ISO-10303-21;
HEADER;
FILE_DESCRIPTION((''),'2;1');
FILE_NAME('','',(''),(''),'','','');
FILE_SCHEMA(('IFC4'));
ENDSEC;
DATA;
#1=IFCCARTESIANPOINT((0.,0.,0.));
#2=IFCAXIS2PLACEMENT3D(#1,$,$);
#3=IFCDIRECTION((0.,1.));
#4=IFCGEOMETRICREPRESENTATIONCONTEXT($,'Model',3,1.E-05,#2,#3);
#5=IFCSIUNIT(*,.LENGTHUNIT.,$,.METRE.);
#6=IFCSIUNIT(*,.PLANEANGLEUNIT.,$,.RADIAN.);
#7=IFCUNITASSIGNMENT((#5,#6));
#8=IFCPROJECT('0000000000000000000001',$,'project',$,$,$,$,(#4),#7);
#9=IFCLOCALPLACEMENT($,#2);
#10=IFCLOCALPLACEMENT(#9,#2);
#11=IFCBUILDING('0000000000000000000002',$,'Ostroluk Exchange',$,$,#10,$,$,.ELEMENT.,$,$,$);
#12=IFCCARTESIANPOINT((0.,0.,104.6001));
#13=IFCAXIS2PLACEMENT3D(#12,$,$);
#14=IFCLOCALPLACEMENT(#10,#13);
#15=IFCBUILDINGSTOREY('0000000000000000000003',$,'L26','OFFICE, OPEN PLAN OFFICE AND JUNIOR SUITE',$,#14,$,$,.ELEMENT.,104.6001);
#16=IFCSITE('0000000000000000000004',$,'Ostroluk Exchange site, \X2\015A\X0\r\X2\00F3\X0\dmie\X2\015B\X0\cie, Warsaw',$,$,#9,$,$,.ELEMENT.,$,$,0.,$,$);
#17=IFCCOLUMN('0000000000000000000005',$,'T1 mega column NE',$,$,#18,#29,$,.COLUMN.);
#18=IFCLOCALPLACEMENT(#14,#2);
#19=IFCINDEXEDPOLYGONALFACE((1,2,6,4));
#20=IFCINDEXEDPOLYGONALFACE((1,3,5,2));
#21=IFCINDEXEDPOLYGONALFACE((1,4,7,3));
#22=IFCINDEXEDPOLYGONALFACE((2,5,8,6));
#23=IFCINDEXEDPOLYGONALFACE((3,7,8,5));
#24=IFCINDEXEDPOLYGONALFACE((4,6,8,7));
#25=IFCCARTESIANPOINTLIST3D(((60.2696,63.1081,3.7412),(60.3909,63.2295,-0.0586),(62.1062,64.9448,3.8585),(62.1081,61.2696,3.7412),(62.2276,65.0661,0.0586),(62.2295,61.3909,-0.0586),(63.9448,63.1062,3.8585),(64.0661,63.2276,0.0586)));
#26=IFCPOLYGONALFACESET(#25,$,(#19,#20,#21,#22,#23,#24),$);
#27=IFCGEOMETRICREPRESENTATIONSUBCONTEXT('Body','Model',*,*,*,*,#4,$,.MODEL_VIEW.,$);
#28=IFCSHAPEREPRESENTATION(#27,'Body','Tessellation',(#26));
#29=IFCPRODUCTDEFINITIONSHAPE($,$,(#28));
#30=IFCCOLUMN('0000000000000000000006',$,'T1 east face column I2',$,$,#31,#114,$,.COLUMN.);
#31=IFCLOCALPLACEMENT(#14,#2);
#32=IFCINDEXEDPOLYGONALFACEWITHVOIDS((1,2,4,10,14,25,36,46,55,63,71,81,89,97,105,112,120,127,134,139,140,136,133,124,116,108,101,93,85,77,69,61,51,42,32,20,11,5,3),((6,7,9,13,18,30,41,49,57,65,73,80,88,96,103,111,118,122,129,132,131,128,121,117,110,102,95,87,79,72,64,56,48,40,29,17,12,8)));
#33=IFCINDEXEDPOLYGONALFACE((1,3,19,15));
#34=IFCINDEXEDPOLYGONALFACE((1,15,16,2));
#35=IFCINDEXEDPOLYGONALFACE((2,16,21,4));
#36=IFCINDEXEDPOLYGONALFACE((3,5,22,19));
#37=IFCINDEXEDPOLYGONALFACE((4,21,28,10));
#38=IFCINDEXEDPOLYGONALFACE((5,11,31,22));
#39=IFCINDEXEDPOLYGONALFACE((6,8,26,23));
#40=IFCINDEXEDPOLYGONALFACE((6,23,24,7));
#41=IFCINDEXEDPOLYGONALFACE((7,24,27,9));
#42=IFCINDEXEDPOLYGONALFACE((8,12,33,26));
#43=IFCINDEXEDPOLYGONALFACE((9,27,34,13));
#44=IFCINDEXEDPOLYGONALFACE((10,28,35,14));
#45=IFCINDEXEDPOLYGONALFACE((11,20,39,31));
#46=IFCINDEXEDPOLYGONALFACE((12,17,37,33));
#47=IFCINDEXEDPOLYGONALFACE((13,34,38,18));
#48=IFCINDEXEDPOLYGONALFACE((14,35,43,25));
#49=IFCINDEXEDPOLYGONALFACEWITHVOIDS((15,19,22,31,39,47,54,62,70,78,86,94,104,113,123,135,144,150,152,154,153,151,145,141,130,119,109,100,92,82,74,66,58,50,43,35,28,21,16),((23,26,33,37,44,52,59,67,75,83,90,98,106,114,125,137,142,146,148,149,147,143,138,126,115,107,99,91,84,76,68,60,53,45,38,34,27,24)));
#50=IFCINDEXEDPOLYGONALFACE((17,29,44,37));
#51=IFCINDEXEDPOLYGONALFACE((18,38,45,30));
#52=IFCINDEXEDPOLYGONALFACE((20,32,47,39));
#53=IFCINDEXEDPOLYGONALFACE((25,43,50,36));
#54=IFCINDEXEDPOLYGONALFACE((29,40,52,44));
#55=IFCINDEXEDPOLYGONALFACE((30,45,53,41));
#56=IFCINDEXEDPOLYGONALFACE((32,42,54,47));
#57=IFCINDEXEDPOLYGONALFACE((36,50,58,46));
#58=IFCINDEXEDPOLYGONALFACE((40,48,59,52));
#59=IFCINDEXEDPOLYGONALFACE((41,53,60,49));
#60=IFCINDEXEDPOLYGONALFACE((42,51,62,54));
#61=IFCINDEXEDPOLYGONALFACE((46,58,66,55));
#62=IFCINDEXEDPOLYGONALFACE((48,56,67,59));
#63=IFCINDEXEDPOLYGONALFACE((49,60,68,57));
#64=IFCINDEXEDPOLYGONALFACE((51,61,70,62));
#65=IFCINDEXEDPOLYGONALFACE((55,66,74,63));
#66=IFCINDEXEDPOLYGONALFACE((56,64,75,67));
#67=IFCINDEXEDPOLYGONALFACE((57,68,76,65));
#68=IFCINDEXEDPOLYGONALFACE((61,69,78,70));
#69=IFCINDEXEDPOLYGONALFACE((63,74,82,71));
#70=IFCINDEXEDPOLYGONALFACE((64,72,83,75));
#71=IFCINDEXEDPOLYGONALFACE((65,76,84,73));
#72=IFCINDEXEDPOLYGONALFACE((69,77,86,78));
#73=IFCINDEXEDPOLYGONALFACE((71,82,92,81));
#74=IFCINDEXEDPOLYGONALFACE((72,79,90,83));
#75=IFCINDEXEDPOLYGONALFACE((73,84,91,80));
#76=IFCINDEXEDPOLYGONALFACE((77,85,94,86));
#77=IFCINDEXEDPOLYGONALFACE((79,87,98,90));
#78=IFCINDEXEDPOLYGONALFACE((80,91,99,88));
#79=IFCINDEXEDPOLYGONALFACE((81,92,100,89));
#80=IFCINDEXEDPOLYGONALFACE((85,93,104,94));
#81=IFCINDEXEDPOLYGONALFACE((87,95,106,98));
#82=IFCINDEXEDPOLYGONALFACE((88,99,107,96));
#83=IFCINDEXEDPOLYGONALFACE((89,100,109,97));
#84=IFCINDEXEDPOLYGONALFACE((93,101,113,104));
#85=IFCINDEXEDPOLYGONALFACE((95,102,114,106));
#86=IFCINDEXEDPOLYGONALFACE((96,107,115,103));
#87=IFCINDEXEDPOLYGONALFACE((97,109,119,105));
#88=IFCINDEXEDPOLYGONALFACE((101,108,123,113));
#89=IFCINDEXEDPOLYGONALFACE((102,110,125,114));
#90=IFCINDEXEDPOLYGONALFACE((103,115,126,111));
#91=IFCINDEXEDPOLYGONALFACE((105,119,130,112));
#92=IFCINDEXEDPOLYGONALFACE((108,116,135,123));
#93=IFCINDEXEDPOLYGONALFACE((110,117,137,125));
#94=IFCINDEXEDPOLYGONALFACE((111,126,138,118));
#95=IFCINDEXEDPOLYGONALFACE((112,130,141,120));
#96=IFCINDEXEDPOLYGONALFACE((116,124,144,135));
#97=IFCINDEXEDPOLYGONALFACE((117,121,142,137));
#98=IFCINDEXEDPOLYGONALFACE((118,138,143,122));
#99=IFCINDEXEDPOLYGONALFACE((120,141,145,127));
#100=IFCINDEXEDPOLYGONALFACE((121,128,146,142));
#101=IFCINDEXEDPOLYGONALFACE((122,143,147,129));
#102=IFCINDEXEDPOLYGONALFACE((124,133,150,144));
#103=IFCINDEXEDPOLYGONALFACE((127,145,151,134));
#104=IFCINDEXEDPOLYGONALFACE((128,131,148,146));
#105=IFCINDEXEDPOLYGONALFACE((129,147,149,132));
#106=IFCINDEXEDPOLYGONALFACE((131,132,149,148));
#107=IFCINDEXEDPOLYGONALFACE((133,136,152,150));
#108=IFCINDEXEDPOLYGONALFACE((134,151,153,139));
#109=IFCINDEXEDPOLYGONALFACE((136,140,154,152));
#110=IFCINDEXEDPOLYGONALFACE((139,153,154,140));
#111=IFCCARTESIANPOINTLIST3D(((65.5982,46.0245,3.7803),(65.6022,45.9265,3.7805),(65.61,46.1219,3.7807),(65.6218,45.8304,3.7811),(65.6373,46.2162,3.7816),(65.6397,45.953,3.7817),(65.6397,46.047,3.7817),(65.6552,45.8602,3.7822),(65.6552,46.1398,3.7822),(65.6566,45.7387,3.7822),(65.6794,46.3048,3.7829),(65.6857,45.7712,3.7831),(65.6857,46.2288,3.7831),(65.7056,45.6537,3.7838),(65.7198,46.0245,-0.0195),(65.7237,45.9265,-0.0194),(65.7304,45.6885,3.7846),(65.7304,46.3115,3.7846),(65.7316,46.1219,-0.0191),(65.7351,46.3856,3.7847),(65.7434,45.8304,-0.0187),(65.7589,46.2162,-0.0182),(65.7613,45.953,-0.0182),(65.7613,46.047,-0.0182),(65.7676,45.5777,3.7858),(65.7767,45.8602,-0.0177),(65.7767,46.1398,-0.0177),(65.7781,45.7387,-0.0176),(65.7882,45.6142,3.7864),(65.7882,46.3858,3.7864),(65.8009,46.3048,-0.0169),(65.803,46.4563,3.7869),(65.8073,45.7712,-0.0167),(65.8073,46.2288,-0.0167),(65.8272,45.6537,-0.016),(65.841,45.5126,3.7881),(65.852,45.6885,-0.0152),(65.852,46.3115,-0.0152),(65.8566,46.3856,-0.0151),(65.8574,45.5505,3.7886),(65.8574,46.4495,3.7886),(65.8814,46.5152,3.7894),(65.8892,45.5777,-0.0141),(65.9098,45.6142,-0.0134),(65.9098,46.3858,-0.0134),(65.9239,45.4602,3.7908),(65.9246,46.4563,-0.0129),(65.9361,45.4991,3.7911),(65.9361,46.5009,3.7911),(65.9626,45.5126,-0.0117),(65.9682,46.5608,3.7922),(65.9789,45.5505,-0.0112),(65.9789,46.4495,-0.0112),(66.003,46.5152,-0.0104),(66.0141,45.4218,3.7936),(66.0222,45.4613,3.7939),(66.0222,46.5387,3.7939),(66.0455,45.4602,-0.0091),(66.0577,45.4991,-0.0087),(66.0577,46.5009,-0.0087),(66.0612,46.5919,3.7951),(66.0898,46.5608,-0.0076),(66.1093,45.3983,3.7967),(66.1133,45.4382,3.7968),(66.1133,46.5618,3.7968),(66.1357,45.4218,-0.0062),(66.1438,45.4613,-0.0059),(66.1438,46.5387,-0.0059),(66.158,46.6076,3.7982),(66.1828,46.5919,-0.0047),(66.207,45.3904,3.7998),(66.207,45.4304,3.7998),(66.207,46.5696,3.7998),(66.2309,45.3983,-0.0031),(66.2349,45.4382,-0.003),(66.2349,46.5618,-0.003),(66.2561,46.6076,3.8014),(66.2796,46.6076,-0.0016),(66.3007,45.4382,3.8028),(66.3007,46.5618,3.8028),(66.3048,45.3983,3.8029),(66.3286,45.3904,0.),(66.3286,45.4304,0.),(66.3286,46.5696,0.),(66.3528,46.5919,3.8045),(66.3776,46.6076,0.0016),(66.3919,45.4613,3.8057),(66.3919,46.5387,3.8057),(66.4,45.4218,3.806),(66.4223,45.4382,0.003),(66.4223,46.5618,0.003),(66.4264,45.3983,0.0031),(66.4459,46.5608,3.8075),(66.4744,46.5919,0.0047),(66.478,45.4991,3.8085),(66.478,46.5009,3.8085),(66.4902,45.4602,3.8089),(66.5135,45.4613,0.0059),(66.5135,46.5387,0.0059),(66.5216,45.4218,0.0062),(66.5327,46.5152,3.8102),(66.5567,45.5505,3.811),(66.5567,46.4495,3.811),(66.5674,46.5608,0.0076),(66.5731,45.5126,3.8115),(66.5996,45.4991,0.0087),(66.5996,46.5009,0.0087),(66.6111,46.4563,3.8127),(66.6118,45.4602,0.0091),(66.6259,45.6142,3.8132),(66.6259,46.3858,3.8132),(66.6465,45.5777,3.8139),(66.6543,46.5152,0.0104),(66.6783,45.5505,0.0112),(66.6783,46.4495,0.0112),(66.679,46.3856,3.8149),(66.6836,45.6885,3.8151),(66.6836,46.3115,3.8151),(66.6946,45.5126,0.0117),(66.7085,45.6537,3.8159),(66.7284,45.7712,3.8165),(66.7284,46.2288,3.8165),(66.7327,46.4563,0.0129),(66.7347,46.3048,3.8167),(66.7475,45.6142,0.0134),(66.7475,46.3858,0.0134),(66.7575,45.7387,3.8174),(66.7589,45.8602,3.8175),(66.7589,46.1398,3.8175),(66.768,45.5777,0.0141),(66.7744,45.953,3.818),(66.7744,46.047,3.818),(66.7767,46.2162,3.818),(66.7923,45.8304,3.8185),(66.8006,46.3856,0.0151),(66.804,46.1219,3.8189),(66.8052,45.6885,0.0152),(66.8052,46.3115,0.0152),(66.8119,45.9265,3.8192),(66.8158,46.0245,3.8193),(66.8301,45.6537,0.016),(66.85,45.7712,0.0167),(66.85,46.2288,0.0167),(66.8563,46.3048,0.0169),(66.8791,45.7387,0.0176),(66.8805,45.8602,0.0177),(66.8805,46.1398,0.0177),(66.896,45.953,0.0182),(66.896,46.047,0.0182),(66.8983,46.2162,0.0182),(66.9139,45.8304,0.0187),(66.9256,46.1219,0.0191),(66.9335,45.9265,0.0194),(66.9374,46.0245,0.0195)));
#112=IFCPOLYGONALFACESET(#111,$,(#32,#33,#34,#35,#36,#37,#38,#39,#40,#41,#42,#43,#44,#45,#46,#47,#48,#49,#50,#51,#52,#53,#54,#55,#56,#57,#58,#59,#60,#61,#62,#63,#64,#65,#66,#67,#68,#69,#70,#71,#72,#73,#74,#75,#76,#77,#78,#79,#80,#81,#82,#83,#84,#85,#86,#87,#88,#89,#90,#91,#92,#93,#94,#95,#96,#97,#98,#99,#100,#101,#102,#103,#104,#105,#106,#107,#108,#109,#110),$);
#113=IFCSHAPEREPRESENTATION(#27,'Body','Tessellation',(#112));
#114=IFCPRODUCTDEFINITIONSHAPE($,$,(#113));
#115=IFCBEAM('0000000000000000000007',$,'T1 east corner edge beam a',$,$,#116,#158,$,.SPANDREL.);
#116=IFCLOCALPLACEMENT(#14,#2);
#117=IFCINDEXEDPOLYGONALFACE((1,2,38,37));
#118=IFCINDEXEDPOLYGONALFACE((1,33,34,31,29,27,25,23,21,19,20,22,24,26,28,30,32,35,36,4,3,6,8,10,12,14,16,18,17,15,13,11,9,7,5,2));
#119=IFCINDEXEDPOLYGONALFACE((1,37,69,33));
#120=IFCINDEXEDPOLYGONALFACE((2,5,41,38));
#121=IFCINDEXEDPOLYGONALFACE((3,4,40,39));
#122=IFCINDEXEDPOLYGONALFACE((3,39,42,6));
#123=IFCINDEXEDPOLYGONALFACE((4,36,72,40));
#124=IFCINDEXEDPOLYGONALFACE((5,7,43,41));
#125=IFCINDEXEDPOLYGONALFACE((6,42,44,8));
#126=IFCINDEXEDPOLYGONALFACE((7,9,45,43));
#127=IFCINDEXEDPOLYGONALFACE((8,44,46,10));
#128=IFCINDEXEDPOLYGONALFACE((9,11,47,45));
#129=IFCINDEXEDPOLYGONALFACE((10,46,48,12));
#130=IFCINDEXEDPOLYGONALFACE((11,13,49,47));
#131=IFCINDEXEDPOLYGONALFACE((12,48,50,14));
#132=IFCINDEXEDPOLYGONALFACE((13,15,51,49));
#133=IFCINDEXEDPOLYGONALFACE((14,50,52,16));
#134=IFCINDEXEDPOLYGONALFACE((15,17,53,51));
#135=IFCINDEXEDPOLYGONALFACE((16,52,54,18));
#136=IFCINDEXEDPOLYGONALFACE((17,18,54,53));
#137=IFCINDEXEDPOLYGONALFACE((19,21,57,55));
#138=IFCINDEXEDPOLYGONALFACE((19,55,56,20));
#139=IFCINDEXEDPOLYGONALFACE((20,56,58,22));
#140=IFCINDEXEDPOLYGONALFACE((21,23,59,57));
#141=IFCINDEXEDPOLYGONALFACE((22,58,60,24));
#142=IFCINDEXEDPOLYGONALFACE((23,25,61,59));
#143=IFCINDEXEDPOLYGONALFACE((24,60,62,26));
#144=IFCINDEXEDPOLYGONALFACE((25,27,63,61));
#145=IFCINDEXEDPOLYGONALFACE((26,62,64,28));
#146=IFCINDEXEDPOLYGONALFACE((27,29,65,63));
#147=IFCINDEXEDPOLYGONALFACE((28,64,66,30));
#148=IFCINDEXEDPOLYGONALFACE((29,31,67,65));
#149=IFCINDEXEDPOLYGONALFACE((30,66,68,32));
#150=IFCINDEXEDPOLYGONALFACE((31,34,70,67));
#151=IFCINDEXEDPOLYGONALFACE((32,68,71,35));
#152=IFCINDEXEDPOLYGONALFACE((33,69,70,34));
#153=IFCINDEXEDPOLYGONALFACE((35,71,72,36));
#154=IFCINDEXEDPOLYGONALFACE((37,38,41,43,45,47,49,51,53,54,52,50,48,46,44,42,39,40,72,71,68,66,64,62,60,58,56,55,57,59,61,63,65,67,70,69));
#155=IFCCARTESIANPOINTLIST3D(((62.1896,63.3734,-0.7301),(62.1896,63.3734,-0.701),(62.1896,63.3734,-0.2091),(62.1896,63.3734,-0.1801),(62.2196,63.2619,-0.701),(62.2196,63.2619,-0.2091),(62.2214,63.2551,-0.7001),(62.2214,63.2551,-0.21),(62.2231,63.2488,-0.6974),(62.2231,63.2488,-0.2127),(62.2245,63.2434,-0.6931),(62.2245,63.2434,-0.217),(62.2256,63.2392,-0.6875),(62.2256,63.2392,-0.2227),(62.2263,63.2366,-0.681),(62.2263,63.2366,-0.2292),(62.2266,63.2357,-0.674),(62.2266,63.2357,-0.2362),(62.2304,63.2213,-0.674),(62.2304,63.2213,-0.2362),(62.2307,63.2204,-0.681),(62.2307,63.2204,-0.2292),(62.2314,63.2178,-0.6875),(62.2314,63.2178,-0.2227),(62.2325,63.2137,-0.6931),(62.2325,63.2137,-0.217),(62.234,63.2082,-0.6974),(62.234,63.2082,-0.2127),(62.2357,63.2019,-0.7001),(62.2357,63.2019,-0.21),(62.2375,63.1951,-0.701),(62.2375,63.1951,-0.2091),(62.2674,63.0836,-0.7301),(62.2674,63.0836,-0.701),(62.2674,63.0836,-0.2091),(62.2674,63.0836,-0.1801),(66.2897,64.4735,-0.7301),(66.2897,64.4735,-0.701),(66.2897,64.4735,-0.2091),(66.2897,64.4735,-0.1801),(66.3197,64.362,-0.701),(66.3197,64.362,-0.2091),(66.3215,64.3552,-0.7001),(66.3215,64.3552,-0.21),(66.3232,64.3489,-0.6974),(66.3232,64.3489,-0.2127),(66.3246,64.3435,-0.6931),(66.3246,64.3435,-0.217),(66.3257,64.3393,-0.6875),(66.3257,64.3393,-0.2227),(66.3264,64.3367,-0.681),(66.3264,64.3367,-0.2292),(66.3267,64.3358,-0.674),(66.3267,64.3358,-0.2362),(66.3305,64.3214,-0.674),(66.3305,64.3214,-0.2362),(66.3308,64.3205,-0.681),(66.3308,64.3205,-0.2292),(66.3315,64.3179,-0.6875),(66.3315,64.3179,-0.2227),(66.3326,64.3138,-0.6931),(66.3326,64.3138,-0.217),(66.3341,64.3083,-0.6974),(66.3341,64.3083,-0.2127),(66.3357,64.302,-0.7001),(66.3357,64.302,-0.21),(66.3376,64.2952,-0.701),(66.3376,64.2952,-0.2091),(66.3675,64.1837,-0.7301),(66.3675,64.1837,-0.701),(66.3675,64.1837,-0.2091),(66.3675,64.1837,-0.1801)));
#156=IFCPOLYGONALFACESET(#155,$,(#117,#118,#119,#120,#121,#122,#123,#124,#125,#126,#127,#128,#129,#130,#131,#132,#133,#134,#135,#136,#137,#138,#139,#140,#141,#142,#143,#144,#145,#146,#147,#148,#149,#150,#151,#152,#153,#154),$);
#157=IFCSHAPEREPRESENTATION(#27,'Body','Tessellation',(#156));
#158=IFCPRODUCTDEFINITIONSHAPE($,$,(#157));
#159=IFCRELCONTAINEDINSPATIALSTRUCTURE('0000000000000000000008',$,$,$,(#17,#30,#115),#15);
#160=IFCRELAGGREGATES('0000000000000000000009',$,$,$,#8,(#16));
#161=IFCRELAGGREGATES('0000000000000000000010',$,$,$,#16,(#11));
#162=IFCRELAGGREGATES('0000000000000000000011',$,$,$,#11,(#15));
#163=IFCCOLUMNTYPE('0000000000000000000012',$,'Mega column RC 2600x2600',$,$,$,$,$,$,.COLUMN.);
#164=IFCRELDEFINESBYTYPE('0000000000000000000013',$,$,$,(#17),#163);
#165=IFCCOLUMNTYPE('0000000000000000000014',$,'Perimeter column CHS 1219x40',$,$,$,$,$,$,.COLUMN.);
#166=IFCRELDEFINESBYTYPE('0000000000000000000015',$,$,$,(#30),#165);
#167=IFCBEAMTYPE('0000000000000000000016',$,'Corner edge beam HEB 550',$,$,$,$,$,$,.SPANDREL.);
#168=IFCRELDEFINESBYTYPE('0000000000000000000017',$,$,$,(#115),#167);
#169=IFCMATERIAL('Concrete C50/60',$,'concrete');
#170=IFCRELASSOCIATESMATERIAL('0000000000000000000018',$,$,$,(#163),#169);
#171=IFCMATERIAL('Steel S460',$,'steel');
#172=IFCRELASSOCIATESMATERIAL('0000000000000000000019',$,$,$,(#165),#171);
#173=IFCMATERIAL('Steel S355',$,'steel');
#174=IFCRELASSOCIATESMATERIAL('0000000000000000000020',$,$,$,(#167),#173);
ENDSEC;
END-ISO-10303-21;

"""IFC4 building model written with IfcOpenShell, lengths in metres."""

from ifc_helpers import new_model, si_unit, direction, frame, origin, origin_2d, place, context, subcontext, project, spatial, rectangle, hollow_circle, i_section, extrude, material, material_profile, profile_set, type_object, element, save


model = new_model("IFC4")

# Units and contexts
model_context = context("Model", 3, precision=1e-05, world=origin(), true_north=direction((0.0, 1.0)))
body_context = subcontext(model_context, "Body", "Model", "MODEL_VIEW")
ifc_project = project(units=[si_unit("LENGTHUNIT", "METRE"), si_unit("PLANEANGLEUNIT", "RADIAN")], contexts=[model_context])

# Site, building, storey
site_placement = place(None, origin())
site = spatial("IfcSite", under=ifc_project, at=site_placement, Name="Ostroluk Exchange site, Śródmieście, Warsaw", CompositionType="ELEMENT", RefElevation=0.0)
building_placement = place(site_placement, origin())
building = spatial("IfcBuilding", under=site, at=building_placement, Name="Ostroluk Exchange", CompositionType="ELEMENT")
storey_placement = place(building_placement, frame((0.0, 0.0, 104.6001)))
storey = spatial("IfcBuildingStorey", under=building, at=storey_placement, Name="L26", Description="OFFICE, OPEN PLAN OFFICE AND JUNIOR SUITE", CompositionType="ELEMENT", Elevation=104.6001)

# Columns
ifc_material_1 = material(Name="Concrete C50/60", Category="concrete")
ifc_material_profile_1 = material_profile(ifc_material_1, rectangle(XDim=2.6001, YDim=2.6001, at=origin_2d()), Name="RC 2600x2600")
ifc_profile_set_1 = profile_set([ifc_material_profile_1], Name="Concrete C50/60")
column_type_1 = type_object("IfcColumnType", Name="Mega column RC 2600x2600", PredefinedType="COLUMN", material=ifc_profile_set_1)
column_1_placement = place(storey_placement, frame((62.2285, 63.2285, 0.0), z_axis=(-0.0319, -0.0319, 0.998982), x_axis=(0.707107, -0.707107, 0.0)))
element("IfcColumn", 1, at=column_1_placement, inside=storey, type_object=column_type_1, Name="T1 mega column NE", PredefinedType="COLUMN", context=body_context, shape_type="SweptSolid", body=[
    extrude(rectangle(XDim=2.6001, YDim=2.6001, at=origin_2d()), origin(), (0.0, 0.0, 1.0), 3.8037),
])
ifc_material_2 = material(Name="Steel S460", Category="steel")
ifc_material_profile_2 = material_profile(ifc_material_2, hollow_circle(Radius=0.6096, WallThickness=0.04, at=origin_2d()), Name="CHS 1219x40")
ifc_profile_set_2 = profile_set([ifc_material_profile_2], Name="Steel S460")
column_type_2 = type_object("IfcColumnType", Name="Perimeter column CHS 1219x40", PredefinedType="COLUMN", material=ifc_profile_set_2)
column_2_placement = place(storey_placement, frame((66.3286, 46.0, 0.0), z_axis=(-0.031981, 0.0, 0.999488), x_axis=(0.0, -1.0, 0.0)))
element("IfcColumn", 2, at=column_2_placement, inside=storey, type_object=column_type_2, Name="T1 east face column I2", PredefinedType="COLUMN", context=body_context, shape_type="SweptSolid", body=[
    extrude(hollow_circle(Radius=0.6096, WallThickness=0.04, at=origin_2d()), origin(), (0.0, 0.0, 1.0), 3.8018),
])

# Beam
ifc_material_3 = material(Name="Steel S355", Category="steel")
ifc_material_profile_3 = material_profile(ifc_material_3, i_section(OverallWidth=0.3, OverallDepth=0.55, WebThickness=0.0149, FlangeThickness=0.0291, FilletRadius=0.0271, at=origin_2d()), Name="HEB 550")
ifc_profile_set_3 = profile_set([ifc_material_profile_3], Name="Steel S355")
beam_type_1 = type_object("IfcBeamType", Name="Corner edge beam HEB 550", PredefinedType="SPANDREL", material=ifc_profile_set_3)
for number, where, z_axis, x_axis, name in (
    (3, (62.2285, 63.2285, -0.4551), (0.965839, 0.259144, 0.0), (-0.259144, 0.965839, 0.0), "T1 east corner edge beam a"),
):
    element("IfcBeam", number, at=place(storey_placement, frame(where, z_axis=z_axis, x_axis=x_axis)), inside=storey, type_object=beam_type_1, Name=name, PredefinedType="SPANDREL", context=body_context, shape_type="SweptSolid", body=[
        extrude(i_section(OverallWidth=0.3, OverallDepth=0.55, WebThickness=0.0149, FlangeThickness=0.0291, FilletRadius=0.0271, at=origin_2d()), origin(), (0.0, 0.0, 1.0), 4.2451),
    ])

save(model, "model.ifc")
